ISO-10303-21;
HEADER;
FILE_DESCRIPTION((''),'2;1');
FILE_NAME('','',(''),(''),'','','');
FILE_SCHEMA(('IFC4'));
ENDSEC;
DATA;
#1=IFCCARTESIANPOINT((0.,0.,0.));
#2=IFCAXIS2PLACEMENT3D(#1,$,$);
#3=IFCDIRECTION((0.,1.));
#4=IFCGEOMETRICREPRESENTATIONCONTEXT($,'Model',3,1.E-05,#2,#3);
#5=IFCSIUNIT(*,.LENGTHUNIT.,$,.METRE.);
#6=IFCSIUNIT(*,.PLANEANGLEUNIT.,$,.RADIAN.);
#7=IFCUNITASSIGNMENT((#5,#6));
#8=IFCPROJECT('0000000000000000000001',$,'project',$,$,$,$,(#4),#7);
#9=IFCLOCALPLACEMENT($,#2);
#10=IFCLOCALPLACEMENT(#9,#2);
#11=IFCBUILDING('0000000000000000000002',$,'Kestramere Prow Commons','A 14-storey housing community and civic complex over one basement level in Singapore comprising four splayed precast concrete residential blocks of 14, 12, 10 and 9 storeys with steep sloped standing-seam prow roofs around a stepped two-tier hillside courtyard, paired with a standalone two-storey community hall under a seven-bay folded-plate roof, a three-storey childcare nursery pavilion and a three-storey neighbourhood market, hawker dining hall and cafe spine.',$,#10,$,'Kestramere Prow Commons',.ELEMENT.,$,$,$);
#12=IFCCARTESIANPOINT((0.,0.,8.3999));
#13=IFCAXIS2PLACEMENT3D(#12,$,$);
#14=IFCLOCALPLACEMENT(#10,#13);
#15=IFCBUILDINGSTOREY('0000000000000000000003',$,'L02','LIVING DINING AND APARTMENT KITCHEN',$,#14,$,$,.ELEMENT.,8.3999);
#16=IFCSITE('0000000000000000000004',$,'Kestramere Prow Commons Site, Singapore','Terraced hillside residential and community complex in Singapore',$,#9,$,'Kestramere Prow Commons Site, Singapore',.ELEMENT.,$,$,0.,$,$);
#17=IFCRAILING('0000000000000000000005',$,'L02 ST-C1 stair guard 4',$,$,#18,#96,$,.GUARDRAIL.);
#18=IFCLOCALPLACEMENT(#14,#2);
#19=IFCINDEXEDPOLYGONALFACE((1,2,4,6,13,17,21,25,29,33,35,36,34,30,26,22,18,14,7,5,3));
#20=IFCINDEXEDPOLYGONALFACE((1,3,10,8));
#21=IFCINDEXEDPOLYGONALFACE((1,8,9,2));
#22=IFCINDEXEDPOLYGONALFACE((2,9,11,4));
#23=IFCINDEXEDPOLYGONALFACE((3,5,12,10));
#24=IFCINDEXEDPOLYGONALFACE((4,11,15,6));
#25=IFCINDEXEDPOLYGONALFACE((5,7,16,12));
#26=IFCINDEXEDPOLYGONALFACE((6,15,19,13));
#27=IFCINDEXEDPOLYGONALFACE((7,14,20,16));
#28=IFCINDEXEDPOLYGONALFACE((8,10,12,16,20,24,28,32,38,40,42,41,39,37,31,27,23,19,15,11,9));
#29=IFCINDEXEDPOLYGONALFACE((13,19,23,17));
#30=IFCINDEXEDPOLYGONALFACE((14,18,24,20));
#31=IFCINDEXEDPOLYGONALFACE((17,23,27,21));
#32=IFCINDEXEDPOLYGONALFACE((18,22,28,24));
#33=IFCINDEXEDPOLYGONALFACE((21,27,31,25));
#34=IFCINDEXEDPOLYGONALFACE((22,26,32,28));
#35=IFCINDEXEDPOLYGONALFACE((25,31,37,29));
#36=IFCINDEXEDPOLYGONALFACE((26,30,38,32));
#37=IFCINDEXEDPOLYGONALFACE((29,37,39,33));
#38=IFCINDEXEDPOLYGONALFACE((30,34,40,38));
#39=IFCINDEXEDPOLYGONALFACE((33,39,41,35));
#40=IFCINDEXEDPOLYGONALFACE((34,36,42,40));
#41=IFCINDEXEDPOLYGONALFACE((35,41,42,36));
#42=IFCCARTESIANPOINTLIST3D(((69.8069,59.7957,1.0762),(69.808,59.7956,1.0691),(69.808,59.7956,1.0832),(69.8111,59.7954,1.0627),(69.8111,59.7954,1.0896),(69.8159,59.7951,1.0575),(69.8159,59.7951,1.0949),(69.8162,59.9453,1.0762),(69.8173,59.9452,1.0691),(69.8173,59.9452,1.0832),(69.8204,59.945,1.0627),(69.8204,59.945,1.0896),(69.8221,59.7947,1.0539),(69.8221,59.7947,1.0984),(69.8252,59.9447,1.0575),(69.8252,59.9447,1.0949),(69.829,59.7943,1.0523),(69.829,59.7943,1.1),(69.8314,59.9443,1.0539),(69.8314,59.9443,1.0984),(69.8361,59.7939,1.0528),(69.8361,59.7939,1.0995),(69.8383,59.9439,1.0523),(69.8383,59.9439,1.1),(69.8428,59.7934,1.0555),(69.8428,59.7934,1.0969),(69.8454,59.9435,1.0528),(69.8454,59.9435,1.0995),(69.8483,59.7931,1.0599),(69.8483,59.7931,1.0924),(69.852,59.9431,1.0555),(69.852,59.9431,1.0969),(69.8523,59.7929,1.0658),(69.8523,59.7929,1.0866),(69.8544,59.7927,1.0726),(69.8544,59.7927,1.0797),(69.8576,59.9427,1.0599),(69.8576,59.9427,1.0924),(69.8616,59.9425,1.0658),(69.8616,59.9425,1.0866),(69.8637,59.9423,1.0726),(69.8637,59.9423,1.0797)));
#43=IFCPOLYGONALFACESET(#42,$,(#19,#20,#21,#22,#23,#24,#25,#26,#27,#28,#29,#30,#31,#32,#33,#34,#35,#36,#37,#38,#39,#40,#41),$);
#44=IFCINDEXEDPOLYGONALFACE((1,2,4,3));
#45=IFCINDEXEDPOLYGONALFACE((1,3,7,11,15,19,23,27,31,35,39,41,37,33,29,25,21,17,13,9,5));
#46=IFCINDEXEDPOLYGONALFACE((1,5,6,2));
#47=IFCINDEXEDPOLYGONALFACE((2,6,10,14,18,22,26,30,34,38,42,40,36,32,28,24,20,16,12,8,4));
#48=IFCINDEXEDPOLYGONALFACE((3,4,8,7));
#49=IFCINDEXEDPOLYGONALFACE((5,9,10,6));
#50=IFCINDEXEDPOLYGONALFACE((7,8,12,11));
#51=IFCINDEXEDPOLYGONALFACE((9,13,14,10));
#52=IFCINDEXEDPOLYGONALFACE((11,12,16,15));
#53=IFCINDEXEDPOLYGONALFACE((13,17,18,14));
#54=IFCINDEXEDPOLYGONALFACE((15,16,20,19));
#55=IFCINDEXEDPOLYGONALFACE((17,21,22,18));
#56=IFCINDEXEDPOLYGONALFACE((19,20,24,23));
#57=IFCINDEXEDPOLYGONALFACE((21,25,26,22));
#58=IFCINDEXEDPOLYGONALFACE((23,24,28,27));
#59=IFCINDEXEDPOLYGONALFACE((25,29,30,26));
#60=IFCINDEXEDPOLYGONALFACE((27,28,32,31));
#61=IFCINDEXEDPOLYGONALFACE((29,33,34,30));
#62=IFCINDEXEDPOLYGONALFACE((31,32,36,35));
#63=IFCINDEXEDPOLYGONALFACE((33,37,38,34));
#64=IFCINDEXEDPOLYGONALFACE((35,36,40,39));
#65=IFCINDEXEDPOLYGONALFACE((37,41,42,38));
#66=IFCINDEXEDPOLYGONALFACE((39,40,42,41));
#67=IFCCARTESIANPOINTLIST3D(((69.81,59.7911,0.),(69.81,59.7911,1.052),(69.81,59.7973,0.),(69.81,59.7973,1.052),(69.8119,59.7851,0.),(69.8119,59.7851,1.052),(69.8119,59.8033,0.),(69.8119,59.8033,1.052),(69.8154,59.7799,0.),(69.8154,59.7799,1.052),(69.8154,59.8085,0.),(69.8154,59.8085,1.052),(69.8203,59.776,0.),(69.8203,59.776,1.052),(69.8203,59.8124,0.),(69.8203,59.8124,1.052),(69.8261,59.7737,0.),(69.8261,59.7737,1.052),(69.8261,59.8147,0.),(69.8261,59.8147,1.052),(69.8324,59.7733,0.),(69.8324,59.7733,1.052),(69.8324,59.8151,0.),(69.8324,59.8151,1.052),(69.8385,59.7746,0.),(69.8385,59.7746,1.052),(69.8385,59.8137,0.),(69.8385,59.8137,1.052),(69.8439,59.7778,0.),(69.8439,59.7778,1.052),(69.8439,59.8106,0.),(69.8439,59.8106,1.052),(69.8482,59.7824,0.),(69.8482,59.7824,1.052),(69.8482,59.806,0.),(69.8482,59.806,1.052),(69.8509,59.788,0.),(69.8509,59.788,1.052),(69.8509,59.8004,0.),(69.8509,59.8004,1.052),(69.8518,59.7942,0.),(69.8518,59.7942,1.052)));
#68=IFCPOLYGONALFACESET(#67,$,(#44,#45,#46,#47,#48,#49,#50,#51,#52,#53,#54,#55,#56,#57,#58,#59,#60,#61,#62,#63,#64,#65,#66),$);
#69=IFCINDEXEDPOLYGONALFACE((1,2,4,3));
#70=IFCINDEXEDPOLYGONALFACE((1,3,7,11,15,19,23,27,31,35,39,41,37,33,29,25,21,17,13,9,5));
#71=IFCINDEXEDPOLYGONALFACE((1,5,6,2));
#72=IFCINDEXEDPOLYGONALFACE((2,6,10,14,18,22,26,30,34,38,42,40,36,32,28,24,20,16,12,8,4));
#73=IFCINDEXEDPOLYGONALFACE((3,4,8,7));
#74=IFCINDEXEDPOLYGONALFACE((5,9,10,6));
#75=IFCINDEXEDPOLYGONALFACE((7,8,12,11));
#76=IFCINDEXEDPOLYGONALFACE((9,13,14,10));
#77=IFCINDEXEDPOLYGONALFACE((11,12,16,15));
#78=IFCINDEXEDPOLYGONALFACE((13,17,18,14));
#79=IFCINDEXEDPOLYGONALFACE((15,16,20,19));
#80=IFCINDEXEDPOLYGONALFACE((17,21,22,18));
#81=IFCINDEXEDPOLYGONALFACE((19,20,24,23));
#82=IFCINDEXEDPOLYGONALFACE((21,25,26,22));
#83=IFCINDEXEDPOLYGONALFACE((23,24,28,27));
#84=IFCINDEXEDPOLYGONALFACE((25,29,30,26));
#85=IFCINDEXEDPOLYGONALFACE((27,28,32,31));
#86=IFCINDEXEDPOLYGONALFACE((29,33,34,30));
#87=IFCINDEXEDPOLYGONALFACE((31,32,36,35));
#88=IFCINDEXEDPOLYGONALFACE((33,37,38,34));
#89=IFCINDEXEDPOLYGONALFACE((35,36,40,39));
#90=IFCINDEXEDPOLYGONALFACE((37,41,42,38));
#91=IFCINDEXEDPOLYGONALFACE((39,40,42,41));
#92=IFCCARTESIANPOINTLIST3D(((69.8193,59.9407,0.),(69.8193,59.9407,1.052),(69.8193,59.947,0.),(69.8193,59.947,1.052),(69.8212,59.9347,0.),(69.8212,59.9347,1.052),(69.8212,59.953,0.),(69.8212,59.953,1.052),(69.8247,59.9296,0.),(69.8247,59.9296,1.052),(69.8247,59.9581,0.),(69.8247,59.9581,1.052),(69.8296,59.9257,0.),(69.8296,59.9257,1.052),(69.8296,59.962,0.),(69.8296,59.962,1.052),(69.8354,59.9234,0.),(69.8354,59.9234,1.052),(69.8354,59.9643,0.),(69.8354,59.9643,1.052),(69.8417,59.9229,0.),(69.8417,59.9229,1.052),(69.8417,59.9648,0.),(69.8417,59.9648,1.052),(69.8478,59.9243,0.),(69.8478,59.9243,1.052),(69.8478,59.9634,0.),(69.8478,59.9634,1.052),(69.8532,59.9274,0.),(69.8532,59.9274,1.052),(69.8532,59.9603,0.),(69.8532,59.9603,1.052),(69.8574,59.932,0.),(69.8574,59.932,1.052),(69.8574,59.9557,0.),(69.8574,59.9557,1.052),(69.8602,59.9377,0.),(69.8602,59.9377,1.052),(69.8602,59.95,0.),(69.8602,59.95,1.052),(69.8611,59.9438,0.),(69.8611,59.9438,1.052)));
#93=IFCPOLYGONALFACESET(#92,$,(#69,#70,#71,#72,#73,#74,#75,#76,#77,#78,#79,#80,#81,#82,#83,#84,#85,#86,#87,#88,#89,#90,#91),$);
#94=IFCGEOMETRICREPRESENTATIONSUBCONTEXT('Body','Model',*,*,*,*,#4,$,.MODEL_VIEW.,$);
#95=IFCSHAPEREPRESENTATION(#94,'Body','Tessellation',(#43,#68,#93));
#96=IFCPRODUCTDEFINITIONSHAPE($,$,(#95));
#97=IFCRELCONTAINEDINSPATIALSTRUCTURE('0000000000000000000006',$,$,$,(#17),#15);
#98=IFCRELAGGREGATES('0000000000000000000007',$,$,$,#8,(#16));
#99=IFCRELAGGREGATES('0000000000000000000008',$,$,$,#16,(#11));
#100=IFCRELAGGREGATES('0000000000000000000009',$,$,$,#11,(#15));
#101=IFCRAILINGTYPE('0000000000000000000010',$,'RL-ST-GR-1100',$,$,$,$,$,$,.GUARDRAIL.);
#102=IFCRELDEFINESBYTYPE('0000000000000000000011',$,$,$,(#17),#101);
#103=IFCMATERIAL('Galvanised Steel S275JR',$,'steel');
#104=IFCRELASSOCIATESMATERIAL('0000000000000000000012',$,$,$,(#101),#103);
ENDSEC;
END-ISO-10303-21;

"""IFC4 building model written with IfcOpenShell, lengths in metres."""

from ifc_helpers import new_model, si_unit, direction, frame, origin, origin_2d, place, context, subcontext, project, spatial, circle, extrude, material, type_object, element, save


model = new_model("IFC4")

# Units and contexts
model_context = context("Model", 3, precision=1e-05, world=origin(), true_north=direction((0.0, 1.0)))
body_context = subcontext(model_context, "Body", "Model", "MODEL_VIEW")
ifc_project = project(units=[si_unit("LENGTHUNIT", "METRE"), si_unit("PLANEANGLEUNIT", "RADIAN")], contexts=[model_context])

# Site, building, storey
site_placement = place(None, origin())
site = spatial("IfcSite", under=ifc_project, at=site_placement, Name="Kestramere Prow Commons Site, Singapore", Description="Terraced hillside residential and community complex in Singapore", LongName="Kestramere Prow Commons Site, Singapore", CompositionType="ELEMENT", RefElevation=0.0)
building_placement = place(site_placement, origin())
building = spatial("IfcBuilding", under=site, at=building_placement, Name="Kestramere Prow Commons", Description="A 14-storey housing community and civic complex over one basement level in Singapore comprising four splayed precast concrete residential blocks of 14, 12, 10 and 9 storeys with steep sloped standing-seam prow roofs around a stepped two-tier hillside courtyard, paired with a standalone two-storey community hall under a seven-bay folded-plate roof, a three-storey childcare nursery pavilion and a three-storey neighbourhood market, hawker dining hall and cafe spine.", LongName="Kestramere Prow Commons", CompositionType="ELEMENT")
storey_placement = place(building_placement, frame((0.0, 0.0, 8.3999)))
storey = spatial("IfcBuildingStorey", under=building, at=storey_placement, Name="L02", Description="LIVING DINING AND APARTMENT KITCHEN", CompositionType="ELEMENT", Elevation=8.3999)

# Railing
ifc_material_1 = material(Name="Galvanised Steel S275JR", Category="steel")
railing_type_1 = type_object("IfcRailingType", Name="RL-ST-GR-1100", PredefinedType="GUARDRAIL", material=ifc_material_1)
railing_1_placement = place(storey_placement, frame((69.8308, 59.7942, 0.0)))
element("IfcRailing", 1, at=railing_1_placement, inside=storey, type_object=railing_type_1, Name="L02 ST-C1 stair guard 4", PredefinedType="GUARDRAIL", context=body_context, shape_type="SweptSolid", body=[
    extrude(circle(Radius=0.0239, at=origin_2d()), frame((0.0, 0.0, 1.0762), z_axis=(0.061871, 0.998084, 0.0), x_axis=(-0.998084, 0.061871, 0.0)), (0.0, 0.0, 1.0), 0.1499),
    extrude(circle(Radius=0.021, at=origin_2d()), origin(), (0.0, 0.0, 1.0), 1.052),
    extrude(circle(Radius=0.021, at=origin_2d()), frame((0.0093, 0.1497, 0.0)), (0.0, 0.0, 1.0), 1.052),
])

save(model, "model.ifc")
